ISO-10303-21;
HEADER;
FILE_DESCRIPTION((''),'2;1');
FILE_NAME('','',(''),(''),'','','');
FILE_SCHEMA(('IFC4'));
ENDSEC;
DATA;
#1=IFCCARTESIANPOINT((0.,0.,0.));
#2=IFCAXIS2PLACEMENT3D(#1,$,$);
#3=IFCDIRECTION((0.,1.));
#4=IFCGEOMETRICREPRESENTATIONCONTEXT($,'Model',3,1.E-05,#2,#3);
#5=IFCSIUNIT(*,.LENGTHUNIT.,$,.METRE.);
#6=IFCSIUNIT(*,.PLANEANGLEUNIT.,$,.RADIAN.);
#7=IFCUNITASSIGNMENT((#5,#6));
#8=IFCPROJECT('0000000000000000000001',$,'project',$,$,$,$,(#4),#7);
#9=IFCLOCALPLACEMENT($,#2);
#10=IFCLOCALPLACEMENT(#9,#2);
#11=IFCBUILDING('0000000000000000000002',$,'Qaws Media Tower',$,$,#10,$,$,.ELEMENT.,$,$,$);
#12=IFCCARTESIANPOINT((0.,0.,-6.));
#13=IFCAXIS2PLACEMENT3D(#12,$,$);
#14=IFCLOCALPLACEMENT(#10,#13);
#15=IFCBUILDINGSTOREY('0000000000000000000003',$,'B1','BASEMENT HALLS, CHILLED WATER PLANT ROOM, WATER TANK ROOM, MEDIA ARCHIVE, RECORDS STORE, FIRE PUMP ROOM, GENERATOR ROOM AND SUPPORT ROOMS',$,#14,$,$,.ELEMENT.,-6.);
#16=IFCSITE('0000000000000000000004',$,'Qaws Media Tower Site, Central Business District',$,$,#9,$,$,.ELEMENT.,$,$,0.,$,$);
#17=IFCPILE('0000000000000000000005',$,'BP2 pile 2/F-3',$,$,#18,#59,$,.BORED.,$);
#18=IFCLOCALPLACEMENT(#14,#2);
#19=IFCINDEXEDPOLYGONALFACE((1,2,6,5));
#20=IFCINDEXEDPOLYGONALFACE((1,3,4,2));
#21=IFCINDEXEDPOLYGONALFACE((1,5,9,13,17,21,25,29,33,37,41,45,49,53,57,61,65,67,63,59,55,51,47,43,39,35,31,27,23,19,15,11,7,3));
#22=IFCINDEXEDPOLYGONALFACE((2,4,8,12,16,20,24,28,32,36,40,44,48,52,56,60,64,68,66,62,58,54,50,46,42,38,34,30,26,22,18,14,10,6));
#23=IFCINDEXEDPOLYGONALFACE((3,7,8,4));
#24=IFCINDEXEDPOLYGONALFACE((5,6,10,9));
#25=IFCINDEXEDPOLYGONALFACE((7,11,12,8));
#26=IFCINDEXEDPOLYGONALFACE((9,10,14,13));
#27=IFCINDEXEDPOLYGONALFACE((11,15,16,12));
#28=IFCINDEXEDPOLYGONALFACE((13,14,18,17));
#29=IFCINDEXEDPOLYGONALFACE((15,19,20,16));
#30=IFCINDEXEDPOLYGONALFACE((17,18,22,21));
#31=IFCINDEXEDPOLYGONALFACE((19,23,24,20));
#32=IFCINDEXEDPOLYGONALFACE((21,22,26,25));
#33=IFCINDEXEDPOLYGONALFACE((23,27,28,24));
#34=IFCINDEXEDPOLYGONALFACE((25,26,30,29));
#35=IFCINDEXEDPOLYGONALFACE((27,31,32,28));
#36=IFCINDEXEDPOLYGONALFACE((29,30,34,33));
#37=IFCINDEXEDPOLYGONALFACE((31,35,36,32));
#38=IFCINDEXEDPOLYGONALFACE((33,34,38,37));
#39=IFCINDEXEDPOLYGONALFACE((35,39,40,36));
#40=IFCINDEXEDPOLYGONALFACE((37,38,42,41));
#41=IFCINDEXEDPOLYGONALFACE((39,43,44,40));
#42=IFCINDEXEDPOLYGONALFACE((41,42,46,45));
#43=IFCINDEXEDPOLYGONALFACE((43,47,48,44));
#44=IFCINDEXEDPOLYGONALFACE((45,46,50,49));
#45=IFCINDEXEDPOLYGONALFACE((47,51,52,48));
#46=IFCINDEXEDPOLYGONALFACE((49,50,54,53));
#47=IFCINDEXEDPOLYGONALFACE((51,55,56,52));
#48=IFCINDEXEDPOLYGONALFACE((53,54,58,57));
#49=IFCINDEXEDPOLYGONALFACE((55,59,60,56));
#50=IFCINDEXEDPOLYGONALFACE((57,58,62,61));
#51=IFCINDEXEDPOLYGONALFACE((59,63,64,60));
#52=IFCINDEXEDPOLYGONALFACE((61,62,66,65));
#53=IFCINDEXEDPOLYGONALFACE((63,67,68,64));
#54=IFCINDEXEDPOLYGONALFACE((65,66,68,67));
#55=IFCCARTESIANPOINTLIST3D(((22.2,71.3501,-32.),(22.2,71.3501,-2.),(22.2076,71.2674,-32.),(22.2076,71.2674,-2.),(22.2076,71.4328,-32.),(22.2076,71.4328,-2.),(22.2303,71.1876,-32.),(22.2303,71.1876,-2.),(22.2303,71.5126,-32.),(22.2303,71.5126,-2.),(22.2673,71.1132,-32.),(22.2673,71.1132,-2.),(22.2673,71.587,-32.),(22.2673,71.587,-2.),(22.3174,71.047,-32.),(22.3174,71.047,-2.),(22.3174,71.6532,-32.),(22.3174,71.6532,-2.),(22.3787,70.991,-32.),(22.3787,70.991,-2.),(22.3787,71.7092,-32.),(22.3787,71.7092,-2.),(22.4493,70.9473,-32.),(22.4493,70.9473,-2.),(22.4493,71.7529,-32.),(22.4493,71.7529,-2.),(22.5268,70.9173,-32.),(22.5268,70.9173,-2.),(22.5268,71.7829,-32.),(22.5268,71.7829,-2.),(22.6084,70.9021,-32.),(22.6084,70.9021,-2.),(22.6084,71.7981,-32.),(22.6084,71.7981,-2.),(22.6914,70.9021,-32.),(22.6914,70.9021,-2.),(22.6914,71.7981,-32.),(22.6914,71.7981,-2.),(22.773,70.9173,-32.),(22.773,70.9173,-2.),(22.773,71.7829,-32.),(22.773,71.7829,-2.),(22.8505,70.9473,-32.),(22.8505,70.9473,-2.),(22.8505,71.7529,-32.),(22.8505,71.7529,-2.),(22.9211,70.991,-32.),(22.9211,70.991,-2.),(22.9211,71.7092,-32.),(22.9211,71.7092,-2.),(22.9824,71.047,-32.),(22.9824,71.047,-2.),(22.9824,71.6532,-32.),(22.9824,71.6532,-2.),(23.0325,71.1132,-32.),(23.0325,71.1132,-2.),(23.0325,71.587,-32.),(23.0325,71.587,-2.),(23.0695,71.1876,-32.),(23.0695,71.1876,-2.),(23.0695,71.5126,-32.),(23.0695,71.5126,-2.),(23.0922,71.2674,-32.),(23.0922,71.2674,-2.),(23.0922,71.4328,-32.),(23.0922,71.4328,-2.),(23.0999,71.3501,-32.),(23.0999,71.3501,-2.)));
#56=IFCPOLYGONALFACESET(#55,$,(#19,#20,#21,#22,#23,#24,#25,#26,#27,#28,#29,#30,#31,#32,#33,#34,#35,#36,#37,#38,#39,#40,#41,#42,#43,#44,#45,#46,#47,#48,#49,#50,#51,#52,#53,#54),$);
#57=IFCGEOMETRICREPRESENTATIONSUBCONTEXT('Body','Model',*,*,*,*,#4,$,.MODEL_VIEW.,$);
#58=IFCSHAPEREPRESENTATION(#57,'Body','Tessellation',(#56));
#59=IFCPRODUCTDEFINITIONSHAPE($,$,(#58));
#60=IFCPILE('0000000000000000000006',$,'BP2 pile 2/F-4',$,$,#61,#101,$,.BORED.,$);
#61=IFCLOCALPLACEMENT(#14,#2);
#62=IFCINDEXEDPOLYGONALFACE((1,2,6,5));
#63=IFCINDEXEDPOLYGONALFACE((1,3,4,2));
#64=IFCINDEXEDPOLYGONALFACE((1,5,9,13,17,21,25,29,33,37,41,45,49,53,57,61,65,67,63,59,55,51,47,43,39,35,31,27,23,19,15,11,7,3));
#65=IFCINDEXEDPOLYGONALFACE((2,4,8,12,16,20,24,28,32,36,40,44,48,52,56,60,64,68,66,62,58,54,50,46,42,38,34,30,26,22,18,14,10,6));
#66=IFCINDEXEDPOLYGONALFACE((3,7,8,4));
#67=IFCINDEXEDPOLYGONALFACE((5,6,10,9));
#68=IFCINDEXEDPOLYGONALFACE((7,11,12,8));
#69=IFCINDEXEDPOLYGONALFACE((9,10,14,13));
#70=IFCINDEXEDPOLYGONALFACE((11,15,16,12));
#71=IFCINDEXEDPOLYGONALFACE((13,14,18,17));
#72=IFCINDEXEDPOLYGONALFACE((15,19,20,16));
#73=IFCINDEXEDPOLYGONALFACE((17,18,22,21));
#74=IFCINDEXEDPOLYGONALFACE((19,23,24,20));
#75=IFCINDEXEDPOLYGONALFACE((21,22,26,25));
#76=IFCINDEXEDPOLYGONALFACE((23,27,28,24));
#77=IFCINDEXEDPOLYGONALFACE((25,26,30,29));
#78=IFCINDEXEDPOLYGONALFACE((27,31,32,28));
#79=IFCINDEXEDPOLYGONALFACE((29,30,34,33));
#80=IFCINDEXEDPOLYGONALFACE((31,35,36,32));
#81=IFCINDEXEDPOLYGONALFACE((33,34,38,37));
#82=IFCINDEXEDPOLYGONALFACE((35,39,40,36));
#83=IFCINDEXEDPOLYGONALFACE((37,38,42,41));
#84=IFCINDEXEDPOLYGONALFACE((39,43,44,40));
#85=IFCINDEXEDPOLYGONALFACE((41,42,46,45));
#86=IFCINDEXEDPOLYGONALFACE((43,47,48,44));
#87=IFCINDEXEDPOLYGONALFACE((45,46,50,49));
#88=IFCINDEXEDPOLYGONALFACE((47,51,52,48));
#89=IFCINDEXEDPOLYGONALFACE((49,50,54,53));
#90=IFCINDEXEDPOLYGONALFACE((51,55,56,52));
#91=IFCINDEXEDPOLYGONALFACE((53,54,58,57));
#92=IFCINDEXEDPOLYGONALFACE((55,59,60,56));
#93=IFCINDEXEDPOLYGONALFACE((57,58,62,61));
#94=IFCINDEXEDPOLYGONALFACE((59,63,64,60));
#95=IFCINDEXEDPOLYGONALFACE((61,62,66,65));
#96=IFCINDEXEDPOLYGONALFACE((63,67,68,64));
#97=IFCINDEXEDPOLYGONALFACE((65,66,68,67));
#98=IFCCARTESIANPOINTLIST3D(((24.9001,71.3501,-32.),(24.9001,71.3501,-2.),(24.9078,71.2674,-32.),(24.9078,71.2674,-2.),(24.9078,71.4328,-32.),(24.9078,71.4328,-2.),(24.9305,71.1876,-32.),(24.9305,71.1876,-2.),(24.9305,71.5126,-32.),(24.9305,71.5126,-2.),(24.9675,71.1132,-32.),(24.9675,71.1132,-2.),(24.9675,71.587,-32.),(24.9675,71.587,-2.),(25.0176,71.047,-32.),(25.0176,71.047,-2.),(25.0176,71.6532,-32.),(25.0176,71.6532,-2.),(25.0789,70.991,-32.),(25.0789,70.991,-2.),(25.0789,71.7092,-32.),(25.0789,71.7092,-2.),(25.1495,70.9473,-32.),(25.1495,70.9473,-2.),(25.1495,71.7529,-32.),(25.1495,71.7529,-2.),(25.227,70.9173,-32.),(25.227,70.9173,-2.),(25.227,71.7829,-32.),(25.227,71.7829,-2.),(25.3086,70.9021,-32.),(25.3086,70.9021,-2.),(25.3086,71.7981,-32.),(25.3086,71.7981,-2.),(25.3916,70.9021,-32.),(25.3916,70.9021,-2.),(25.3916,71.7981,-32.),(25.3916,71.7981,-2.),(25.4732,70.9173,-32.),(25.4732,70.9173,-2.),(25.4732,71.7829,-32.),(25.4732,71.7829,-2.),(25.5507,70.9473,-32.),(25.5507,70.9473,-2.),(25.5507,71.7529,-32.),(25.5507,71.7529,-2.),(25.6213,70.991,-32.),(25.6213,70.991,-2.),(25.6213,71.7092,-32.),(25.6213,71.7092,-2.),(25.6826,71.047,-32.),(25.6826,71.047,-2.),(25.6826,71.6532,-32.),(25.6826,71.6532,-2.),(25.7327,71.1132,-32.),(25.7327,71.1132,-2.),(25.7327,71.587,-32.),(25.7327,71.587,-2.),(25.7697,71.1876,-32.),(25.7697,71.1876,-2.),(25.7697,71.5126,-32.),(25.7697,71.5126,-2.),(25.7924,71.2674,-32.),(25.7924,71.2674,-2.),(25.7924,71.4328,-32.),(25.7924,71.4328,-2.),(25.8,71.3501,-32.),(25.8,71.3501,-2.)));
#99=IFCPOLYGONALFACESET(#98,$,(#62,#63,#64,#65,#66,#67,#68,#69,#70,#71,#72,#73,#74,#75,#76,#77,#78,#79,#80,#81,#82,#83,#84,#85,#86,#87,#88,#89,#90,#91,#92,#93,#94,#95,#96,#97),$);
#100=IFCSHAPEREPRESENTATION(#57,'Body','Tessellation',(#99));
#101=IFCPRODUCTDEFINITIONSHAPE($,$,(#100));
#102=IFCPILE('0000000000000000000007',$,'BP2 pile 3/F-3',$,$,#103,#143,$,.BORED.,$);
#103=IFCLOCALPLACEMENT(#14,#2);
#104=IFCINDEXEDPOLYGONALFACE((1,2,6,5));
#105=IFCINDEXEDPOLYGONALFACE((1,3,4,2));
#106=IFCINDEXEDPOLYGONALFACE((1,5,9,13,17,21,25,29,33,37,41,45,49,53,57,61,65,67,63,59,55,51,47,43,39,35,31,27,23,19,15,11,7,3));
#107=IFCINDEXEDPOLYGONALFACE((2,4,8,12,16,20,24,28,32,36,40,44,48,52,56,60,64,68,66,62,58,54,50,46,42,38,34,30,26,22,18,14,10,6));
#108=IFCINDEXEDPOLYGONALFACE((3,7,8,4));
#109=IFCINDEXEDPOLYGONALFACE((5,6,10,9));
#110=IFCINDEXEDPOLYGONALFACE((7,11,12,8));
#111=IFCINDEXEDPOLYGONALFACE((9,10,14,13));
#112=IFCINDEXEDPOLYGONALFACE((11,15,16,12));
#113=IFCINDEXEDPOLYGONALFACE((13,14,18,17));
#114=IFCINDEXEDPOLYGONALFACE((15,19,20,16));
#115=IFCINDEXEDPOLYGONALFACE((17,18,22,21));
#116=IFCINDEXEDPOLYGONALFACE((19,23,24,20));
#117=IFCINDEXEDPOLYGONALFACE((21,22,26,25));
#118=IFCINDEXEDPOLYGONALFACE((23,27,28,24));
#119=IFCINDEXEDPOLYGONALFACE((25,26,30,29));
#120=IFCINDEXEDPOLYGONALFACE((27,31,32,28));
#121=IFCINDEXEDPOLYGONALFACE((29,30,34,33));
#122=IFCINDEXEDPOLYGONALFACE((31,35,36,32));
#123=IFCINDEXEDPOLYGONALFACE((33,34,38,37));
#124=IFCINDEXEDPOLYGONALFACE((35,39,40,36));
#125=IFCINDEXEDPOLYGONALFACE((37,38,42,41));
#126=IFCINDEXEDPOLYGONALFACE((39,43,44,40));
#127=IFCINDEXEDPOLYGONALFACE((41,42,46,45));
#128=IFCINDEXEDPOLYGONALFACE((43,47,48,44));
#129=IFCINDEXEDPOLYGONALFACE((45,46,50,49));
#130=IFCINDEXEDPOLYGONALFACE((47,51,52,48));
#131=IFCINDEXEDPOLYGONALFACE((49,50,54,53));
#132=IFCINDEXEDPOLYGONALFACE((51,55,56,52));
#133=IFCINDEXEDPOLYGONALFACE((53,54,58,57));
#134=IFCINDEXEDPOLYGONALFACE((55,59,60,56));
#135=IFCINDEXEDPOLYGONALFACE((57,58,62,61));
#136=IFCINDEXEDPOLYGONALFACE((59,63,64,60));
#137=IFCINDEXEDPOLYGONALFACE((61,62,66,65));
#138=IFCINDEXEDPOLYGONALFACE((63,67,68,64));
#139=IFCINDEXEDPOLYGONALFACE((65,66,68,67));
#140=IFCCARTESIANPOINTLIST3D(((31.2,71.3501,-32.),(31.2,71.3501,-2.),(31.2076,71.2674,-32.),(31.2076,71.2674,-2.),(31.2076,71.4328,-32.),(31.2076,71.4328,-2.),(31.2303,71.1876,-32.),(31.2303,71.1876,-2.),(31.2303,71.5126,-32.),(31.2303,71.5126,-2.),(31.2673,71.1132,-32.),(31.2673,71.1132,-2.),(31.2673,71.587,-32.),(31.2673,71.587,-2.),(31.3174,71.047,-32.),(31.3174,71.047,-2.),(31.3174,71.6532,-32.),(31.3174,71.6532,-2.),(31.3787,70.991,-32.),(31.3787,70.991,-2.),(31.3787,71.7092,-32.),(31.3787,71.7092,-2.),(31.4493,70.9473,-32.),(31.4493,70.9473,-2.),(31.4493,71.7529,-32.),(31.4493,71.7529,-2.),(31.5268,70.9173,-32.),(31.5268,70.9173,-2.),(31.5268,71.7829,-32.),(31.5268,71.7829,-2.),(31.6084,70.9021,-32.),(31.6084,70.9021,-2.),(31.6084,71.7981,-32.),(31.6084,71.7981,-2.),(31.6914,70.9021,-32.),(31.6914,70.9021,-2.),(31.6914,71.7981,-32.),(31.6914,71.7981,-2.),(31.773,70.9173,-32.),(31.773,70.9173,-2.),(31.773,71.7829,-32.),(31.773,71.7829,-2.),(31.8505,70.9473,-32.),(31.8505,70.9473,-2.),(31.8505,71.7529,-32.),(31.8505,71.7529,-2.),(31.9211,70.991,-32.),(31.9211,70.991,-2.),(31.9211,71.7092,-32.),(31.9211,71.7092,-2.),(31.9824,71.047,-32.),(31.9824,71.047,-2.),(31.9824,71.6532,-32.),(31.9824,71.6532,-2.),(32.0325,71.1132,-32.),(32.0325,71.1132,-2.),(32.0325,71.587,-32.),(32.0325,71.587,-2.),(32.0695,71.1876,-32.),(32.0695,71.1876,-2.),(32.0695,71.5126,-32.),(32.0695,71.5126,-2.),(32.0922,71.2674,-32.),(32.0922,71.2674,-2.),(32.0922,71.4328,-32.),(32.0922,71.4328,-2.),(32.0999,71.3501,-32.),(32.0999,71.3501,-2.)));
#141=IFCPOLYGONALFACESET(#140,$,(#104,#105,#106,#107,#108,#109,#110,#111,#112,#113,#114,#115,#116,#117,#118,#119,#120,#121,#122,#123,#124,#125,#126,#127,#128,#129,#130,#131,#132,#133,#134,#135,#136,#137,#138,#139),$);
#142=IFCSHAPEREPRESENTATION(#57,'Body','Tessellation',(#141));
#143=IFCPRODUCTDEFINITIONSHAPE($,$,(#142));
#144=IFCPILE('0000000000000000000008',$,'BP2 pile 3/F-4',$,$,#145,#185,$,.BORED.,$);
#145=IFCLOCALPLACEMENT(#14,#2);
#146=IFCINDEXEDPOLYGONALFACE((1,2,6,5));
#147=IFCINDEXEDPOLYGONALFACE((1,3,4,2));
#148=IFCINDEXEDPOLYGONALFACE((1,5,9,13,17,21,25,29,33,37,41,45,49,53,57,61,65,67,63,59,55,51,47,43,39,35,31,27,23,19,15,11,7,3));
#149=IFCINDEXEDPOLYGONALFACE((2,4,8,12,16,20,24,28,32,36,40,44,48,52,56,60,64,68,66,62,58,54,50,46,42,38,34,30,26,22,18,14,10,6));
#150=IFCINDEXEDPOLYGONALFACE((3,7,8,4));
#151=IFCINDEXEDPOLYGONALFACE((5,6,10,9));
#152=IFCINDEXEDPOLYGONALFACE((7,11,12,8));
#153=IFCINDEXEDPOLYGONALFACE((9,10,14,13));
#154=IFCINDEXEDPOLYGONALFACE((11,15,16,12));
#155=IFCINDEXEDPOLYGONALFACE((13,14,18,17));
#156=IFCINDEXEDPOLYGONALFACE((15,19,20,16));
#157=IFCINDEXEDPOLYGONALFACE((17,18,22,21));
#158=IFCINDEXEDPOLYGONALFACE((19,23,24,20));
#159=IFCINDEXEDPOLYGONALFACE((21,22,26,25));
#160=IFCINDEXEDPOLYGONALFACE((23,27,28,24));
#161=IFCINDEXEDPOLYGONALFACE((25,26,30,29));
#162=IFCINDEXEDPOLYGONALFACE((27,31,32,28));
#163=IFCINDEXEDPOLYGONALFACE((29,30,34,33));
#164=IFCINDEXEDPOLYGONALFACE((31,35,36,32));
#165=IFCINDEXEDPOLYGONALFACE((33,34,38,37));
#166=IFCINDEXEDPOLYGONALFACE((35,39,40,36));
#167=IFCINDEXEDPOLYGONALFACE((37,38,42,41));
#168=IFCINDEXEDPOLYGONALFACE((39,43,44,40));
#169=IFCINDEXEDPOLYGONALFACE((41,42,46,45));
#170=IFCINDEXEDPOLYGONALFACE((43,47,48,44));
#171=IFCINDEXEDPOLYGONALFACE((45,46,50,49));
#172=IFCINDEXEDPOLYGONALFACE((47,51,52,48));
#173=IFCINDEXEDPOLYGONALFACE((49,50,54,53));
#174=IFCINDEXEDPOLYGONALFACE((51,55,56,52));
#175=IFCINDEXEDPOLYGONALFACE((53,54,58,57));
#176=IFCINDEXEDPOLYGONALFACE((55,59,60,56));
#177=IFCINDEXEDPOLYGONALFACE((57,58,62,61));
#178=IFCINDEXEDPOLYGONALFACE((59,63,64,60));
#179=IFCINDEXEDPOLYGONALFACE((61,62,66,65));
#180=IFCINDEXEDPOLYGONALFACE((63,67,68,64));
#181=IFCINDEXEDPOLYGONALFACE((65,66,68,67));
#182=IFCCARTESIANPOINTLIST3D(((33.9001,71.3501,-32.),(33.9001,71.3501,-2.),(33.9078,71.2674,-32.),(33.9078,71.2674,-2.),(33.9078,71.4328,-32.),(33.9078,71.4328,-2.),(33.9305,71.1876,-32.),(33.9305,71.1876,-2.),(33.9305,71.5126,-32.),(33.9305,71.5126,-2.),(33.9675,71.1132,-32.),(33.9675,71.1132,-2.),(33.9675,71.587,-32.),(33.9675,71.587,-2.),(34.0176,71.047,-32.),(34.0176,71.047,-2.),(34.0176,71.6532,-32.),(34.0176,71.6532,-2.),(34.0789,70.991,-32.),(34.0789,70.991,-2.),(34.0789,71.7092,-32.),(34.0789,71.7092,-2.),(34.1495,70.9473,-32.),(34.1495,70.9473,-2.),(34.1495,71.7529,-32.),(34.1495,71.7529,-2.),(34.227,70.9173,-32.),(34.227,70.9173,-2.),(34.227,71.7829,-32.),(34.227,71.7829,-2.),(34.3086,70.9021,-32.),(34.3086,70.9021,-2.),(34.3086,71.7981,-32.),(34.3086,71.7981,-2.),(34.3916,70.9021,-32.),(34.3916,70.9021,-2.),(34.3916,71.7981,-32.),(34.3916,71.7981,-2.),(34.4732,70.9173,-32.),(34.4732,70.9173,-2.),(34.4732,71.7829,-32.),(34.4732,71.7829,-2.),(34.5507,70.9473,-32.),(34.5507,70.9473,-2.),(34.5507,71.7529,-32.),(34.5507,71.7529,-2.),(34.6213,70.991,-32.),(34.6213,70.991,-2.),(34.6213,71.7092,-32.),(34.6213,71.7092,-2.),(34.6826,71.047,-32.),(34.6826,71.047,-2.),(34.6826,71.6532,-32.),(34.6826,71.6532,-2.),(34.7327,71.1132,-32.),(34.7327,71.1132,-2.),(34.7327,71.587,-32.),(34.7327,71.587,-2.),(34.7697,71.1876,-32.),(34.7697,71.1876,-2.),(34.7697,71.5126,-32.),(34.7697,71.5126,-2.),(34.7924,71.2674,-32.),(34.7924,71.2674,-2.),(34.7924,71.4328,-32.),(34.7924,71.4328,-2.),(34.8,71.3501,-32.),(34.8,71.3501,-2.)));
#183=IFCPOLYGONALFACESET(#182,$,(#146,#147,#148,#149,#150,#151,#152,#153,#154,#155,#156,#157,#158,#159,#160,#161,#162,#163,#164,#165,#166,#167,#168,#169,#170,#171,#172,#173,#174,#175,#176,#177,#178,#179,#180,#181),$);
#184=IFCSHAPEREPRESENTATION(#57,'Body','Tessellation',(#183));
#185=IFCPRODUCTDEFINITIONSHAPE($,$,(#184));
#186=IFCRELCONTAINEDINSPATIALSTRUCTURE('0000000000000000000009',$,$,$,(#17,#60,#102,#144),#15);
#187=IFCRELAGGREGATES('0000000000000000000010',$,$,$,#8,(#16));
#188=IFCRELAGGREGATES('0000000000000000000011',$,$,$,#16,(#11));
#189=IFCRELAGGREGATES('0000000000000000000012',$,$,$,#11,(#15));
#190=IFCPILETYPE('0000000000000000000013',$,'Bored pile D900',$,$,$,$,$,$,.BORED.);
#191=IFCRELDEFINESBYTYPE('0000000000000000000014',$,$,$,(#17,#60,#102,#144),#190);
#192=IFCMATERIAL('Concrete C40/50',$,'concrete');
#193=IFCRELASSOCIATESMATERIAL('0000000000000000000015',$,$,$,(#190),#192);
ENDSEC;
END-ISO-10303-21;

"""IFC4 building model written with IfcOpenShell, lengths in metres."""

from ifc_helpers import new_model, si_unit, direction, frame, origin, origin_2d, place, context, subcontext, project, spatial, circle, extrude, material, material_profile, profile_set, type_object, element, save


model = new_model("IFC4")

# Units and contexts
model_context = context("Model", 3, precision=1e-05, world=origin(), true_north=direction((0.0, 1.0)))
body_context = subcontext(model_context, "Body", "Model", "MODEL_VIEW")
ifc_project = project(units=[si_unit("LENGTHUNIT", "METRE"), si_unit("PLANEANGLEUNIT", "RADIAN")], contexts=[model_context])

# Site, building, storey
site_placement = place(None, origin())
site = spatial("IfcSite", under=ifc_project, at=site_placement, Name="Qaws Media Tower Site, Central Business District", CompositionType="ELEMENT", RefElevation=0.0)
building_placement = place(site_placement, origin())
building = spatial("IfcBuilding", under=site, at=building_placement, Name="Qaws Media Tower", CompositionType="ELEMENT")
storey_placement = place(building_placement, frame((0.0, 0.0, -6.0)))
storey = spatial("IfcBuildingStorey", under=building, at=storey_placement, Name="B1", Description="BASEMENT HALLS, CHILLED WATER PLANT ROOM, WATER TANK ROOM, MEDIA ARCHIVE, RECORDS STORE, FIRE PUMP ROOM, GENERATOR ROOM AND SUPPORT ROOMS", CompositionType="ELEMENT", Elevation=-6.0)

# Piles
ifc_material_1 = material(Name="Concrete C40/50", Category="concrete")
ifc_material_profile_1 = material_profile(ifc_material_1, circle(Radius=0.45, at=origin_2d()), Name="D900")
ifc_profile_set_1 = profile_set([ifc_material_profile_1], Name="Concrete C40/50")
pile_type = type_object("IfcPileType", Name="Bored pile D900", PredefinedType="BORED", material=ifc_profile_set_1)
for number, where, z_axis, x_axis, name in (
    (1, (22.6499, 71.3501, -2.0), (0.0, 0.0, -1.0), (1.0, 0.0, 0.0), "BP2 pile 2/F-3"),
    (2, (25.3501, 71.3501, -2.0), (0.0, 0.0, -1.0), (1.0, 0.0, 0.0), "BP2 pile 2/F-4"),
    (3, (31.6499, 71.3501, -2.0), (0.0, 0.0, -1.0), (1.0, 0.0, 0.0), "BP2 pile 3/F-3"),
    (4, (34.3501, 71.3501, -2.0), (0.0, 0.0, -1.0), (1.0, 0.0, 0.0), "BP2 pile 3/F-4"),
):
    element("IfcPile", number, at=place(storey_placement, frame(where, z_axis=z_axis, x_axis=x_axis)), inside=storey, type_object=pile_type, Name=name, PredefinedType="BORED", context=body_context, shape_type="SweptSolid", body=[
        extrude(circle(Radius=0.45, at=origin_2d()), origin(), (0.0, 0.0, 1.0), 30.0),
    ])

save(model, "model.ifc")
